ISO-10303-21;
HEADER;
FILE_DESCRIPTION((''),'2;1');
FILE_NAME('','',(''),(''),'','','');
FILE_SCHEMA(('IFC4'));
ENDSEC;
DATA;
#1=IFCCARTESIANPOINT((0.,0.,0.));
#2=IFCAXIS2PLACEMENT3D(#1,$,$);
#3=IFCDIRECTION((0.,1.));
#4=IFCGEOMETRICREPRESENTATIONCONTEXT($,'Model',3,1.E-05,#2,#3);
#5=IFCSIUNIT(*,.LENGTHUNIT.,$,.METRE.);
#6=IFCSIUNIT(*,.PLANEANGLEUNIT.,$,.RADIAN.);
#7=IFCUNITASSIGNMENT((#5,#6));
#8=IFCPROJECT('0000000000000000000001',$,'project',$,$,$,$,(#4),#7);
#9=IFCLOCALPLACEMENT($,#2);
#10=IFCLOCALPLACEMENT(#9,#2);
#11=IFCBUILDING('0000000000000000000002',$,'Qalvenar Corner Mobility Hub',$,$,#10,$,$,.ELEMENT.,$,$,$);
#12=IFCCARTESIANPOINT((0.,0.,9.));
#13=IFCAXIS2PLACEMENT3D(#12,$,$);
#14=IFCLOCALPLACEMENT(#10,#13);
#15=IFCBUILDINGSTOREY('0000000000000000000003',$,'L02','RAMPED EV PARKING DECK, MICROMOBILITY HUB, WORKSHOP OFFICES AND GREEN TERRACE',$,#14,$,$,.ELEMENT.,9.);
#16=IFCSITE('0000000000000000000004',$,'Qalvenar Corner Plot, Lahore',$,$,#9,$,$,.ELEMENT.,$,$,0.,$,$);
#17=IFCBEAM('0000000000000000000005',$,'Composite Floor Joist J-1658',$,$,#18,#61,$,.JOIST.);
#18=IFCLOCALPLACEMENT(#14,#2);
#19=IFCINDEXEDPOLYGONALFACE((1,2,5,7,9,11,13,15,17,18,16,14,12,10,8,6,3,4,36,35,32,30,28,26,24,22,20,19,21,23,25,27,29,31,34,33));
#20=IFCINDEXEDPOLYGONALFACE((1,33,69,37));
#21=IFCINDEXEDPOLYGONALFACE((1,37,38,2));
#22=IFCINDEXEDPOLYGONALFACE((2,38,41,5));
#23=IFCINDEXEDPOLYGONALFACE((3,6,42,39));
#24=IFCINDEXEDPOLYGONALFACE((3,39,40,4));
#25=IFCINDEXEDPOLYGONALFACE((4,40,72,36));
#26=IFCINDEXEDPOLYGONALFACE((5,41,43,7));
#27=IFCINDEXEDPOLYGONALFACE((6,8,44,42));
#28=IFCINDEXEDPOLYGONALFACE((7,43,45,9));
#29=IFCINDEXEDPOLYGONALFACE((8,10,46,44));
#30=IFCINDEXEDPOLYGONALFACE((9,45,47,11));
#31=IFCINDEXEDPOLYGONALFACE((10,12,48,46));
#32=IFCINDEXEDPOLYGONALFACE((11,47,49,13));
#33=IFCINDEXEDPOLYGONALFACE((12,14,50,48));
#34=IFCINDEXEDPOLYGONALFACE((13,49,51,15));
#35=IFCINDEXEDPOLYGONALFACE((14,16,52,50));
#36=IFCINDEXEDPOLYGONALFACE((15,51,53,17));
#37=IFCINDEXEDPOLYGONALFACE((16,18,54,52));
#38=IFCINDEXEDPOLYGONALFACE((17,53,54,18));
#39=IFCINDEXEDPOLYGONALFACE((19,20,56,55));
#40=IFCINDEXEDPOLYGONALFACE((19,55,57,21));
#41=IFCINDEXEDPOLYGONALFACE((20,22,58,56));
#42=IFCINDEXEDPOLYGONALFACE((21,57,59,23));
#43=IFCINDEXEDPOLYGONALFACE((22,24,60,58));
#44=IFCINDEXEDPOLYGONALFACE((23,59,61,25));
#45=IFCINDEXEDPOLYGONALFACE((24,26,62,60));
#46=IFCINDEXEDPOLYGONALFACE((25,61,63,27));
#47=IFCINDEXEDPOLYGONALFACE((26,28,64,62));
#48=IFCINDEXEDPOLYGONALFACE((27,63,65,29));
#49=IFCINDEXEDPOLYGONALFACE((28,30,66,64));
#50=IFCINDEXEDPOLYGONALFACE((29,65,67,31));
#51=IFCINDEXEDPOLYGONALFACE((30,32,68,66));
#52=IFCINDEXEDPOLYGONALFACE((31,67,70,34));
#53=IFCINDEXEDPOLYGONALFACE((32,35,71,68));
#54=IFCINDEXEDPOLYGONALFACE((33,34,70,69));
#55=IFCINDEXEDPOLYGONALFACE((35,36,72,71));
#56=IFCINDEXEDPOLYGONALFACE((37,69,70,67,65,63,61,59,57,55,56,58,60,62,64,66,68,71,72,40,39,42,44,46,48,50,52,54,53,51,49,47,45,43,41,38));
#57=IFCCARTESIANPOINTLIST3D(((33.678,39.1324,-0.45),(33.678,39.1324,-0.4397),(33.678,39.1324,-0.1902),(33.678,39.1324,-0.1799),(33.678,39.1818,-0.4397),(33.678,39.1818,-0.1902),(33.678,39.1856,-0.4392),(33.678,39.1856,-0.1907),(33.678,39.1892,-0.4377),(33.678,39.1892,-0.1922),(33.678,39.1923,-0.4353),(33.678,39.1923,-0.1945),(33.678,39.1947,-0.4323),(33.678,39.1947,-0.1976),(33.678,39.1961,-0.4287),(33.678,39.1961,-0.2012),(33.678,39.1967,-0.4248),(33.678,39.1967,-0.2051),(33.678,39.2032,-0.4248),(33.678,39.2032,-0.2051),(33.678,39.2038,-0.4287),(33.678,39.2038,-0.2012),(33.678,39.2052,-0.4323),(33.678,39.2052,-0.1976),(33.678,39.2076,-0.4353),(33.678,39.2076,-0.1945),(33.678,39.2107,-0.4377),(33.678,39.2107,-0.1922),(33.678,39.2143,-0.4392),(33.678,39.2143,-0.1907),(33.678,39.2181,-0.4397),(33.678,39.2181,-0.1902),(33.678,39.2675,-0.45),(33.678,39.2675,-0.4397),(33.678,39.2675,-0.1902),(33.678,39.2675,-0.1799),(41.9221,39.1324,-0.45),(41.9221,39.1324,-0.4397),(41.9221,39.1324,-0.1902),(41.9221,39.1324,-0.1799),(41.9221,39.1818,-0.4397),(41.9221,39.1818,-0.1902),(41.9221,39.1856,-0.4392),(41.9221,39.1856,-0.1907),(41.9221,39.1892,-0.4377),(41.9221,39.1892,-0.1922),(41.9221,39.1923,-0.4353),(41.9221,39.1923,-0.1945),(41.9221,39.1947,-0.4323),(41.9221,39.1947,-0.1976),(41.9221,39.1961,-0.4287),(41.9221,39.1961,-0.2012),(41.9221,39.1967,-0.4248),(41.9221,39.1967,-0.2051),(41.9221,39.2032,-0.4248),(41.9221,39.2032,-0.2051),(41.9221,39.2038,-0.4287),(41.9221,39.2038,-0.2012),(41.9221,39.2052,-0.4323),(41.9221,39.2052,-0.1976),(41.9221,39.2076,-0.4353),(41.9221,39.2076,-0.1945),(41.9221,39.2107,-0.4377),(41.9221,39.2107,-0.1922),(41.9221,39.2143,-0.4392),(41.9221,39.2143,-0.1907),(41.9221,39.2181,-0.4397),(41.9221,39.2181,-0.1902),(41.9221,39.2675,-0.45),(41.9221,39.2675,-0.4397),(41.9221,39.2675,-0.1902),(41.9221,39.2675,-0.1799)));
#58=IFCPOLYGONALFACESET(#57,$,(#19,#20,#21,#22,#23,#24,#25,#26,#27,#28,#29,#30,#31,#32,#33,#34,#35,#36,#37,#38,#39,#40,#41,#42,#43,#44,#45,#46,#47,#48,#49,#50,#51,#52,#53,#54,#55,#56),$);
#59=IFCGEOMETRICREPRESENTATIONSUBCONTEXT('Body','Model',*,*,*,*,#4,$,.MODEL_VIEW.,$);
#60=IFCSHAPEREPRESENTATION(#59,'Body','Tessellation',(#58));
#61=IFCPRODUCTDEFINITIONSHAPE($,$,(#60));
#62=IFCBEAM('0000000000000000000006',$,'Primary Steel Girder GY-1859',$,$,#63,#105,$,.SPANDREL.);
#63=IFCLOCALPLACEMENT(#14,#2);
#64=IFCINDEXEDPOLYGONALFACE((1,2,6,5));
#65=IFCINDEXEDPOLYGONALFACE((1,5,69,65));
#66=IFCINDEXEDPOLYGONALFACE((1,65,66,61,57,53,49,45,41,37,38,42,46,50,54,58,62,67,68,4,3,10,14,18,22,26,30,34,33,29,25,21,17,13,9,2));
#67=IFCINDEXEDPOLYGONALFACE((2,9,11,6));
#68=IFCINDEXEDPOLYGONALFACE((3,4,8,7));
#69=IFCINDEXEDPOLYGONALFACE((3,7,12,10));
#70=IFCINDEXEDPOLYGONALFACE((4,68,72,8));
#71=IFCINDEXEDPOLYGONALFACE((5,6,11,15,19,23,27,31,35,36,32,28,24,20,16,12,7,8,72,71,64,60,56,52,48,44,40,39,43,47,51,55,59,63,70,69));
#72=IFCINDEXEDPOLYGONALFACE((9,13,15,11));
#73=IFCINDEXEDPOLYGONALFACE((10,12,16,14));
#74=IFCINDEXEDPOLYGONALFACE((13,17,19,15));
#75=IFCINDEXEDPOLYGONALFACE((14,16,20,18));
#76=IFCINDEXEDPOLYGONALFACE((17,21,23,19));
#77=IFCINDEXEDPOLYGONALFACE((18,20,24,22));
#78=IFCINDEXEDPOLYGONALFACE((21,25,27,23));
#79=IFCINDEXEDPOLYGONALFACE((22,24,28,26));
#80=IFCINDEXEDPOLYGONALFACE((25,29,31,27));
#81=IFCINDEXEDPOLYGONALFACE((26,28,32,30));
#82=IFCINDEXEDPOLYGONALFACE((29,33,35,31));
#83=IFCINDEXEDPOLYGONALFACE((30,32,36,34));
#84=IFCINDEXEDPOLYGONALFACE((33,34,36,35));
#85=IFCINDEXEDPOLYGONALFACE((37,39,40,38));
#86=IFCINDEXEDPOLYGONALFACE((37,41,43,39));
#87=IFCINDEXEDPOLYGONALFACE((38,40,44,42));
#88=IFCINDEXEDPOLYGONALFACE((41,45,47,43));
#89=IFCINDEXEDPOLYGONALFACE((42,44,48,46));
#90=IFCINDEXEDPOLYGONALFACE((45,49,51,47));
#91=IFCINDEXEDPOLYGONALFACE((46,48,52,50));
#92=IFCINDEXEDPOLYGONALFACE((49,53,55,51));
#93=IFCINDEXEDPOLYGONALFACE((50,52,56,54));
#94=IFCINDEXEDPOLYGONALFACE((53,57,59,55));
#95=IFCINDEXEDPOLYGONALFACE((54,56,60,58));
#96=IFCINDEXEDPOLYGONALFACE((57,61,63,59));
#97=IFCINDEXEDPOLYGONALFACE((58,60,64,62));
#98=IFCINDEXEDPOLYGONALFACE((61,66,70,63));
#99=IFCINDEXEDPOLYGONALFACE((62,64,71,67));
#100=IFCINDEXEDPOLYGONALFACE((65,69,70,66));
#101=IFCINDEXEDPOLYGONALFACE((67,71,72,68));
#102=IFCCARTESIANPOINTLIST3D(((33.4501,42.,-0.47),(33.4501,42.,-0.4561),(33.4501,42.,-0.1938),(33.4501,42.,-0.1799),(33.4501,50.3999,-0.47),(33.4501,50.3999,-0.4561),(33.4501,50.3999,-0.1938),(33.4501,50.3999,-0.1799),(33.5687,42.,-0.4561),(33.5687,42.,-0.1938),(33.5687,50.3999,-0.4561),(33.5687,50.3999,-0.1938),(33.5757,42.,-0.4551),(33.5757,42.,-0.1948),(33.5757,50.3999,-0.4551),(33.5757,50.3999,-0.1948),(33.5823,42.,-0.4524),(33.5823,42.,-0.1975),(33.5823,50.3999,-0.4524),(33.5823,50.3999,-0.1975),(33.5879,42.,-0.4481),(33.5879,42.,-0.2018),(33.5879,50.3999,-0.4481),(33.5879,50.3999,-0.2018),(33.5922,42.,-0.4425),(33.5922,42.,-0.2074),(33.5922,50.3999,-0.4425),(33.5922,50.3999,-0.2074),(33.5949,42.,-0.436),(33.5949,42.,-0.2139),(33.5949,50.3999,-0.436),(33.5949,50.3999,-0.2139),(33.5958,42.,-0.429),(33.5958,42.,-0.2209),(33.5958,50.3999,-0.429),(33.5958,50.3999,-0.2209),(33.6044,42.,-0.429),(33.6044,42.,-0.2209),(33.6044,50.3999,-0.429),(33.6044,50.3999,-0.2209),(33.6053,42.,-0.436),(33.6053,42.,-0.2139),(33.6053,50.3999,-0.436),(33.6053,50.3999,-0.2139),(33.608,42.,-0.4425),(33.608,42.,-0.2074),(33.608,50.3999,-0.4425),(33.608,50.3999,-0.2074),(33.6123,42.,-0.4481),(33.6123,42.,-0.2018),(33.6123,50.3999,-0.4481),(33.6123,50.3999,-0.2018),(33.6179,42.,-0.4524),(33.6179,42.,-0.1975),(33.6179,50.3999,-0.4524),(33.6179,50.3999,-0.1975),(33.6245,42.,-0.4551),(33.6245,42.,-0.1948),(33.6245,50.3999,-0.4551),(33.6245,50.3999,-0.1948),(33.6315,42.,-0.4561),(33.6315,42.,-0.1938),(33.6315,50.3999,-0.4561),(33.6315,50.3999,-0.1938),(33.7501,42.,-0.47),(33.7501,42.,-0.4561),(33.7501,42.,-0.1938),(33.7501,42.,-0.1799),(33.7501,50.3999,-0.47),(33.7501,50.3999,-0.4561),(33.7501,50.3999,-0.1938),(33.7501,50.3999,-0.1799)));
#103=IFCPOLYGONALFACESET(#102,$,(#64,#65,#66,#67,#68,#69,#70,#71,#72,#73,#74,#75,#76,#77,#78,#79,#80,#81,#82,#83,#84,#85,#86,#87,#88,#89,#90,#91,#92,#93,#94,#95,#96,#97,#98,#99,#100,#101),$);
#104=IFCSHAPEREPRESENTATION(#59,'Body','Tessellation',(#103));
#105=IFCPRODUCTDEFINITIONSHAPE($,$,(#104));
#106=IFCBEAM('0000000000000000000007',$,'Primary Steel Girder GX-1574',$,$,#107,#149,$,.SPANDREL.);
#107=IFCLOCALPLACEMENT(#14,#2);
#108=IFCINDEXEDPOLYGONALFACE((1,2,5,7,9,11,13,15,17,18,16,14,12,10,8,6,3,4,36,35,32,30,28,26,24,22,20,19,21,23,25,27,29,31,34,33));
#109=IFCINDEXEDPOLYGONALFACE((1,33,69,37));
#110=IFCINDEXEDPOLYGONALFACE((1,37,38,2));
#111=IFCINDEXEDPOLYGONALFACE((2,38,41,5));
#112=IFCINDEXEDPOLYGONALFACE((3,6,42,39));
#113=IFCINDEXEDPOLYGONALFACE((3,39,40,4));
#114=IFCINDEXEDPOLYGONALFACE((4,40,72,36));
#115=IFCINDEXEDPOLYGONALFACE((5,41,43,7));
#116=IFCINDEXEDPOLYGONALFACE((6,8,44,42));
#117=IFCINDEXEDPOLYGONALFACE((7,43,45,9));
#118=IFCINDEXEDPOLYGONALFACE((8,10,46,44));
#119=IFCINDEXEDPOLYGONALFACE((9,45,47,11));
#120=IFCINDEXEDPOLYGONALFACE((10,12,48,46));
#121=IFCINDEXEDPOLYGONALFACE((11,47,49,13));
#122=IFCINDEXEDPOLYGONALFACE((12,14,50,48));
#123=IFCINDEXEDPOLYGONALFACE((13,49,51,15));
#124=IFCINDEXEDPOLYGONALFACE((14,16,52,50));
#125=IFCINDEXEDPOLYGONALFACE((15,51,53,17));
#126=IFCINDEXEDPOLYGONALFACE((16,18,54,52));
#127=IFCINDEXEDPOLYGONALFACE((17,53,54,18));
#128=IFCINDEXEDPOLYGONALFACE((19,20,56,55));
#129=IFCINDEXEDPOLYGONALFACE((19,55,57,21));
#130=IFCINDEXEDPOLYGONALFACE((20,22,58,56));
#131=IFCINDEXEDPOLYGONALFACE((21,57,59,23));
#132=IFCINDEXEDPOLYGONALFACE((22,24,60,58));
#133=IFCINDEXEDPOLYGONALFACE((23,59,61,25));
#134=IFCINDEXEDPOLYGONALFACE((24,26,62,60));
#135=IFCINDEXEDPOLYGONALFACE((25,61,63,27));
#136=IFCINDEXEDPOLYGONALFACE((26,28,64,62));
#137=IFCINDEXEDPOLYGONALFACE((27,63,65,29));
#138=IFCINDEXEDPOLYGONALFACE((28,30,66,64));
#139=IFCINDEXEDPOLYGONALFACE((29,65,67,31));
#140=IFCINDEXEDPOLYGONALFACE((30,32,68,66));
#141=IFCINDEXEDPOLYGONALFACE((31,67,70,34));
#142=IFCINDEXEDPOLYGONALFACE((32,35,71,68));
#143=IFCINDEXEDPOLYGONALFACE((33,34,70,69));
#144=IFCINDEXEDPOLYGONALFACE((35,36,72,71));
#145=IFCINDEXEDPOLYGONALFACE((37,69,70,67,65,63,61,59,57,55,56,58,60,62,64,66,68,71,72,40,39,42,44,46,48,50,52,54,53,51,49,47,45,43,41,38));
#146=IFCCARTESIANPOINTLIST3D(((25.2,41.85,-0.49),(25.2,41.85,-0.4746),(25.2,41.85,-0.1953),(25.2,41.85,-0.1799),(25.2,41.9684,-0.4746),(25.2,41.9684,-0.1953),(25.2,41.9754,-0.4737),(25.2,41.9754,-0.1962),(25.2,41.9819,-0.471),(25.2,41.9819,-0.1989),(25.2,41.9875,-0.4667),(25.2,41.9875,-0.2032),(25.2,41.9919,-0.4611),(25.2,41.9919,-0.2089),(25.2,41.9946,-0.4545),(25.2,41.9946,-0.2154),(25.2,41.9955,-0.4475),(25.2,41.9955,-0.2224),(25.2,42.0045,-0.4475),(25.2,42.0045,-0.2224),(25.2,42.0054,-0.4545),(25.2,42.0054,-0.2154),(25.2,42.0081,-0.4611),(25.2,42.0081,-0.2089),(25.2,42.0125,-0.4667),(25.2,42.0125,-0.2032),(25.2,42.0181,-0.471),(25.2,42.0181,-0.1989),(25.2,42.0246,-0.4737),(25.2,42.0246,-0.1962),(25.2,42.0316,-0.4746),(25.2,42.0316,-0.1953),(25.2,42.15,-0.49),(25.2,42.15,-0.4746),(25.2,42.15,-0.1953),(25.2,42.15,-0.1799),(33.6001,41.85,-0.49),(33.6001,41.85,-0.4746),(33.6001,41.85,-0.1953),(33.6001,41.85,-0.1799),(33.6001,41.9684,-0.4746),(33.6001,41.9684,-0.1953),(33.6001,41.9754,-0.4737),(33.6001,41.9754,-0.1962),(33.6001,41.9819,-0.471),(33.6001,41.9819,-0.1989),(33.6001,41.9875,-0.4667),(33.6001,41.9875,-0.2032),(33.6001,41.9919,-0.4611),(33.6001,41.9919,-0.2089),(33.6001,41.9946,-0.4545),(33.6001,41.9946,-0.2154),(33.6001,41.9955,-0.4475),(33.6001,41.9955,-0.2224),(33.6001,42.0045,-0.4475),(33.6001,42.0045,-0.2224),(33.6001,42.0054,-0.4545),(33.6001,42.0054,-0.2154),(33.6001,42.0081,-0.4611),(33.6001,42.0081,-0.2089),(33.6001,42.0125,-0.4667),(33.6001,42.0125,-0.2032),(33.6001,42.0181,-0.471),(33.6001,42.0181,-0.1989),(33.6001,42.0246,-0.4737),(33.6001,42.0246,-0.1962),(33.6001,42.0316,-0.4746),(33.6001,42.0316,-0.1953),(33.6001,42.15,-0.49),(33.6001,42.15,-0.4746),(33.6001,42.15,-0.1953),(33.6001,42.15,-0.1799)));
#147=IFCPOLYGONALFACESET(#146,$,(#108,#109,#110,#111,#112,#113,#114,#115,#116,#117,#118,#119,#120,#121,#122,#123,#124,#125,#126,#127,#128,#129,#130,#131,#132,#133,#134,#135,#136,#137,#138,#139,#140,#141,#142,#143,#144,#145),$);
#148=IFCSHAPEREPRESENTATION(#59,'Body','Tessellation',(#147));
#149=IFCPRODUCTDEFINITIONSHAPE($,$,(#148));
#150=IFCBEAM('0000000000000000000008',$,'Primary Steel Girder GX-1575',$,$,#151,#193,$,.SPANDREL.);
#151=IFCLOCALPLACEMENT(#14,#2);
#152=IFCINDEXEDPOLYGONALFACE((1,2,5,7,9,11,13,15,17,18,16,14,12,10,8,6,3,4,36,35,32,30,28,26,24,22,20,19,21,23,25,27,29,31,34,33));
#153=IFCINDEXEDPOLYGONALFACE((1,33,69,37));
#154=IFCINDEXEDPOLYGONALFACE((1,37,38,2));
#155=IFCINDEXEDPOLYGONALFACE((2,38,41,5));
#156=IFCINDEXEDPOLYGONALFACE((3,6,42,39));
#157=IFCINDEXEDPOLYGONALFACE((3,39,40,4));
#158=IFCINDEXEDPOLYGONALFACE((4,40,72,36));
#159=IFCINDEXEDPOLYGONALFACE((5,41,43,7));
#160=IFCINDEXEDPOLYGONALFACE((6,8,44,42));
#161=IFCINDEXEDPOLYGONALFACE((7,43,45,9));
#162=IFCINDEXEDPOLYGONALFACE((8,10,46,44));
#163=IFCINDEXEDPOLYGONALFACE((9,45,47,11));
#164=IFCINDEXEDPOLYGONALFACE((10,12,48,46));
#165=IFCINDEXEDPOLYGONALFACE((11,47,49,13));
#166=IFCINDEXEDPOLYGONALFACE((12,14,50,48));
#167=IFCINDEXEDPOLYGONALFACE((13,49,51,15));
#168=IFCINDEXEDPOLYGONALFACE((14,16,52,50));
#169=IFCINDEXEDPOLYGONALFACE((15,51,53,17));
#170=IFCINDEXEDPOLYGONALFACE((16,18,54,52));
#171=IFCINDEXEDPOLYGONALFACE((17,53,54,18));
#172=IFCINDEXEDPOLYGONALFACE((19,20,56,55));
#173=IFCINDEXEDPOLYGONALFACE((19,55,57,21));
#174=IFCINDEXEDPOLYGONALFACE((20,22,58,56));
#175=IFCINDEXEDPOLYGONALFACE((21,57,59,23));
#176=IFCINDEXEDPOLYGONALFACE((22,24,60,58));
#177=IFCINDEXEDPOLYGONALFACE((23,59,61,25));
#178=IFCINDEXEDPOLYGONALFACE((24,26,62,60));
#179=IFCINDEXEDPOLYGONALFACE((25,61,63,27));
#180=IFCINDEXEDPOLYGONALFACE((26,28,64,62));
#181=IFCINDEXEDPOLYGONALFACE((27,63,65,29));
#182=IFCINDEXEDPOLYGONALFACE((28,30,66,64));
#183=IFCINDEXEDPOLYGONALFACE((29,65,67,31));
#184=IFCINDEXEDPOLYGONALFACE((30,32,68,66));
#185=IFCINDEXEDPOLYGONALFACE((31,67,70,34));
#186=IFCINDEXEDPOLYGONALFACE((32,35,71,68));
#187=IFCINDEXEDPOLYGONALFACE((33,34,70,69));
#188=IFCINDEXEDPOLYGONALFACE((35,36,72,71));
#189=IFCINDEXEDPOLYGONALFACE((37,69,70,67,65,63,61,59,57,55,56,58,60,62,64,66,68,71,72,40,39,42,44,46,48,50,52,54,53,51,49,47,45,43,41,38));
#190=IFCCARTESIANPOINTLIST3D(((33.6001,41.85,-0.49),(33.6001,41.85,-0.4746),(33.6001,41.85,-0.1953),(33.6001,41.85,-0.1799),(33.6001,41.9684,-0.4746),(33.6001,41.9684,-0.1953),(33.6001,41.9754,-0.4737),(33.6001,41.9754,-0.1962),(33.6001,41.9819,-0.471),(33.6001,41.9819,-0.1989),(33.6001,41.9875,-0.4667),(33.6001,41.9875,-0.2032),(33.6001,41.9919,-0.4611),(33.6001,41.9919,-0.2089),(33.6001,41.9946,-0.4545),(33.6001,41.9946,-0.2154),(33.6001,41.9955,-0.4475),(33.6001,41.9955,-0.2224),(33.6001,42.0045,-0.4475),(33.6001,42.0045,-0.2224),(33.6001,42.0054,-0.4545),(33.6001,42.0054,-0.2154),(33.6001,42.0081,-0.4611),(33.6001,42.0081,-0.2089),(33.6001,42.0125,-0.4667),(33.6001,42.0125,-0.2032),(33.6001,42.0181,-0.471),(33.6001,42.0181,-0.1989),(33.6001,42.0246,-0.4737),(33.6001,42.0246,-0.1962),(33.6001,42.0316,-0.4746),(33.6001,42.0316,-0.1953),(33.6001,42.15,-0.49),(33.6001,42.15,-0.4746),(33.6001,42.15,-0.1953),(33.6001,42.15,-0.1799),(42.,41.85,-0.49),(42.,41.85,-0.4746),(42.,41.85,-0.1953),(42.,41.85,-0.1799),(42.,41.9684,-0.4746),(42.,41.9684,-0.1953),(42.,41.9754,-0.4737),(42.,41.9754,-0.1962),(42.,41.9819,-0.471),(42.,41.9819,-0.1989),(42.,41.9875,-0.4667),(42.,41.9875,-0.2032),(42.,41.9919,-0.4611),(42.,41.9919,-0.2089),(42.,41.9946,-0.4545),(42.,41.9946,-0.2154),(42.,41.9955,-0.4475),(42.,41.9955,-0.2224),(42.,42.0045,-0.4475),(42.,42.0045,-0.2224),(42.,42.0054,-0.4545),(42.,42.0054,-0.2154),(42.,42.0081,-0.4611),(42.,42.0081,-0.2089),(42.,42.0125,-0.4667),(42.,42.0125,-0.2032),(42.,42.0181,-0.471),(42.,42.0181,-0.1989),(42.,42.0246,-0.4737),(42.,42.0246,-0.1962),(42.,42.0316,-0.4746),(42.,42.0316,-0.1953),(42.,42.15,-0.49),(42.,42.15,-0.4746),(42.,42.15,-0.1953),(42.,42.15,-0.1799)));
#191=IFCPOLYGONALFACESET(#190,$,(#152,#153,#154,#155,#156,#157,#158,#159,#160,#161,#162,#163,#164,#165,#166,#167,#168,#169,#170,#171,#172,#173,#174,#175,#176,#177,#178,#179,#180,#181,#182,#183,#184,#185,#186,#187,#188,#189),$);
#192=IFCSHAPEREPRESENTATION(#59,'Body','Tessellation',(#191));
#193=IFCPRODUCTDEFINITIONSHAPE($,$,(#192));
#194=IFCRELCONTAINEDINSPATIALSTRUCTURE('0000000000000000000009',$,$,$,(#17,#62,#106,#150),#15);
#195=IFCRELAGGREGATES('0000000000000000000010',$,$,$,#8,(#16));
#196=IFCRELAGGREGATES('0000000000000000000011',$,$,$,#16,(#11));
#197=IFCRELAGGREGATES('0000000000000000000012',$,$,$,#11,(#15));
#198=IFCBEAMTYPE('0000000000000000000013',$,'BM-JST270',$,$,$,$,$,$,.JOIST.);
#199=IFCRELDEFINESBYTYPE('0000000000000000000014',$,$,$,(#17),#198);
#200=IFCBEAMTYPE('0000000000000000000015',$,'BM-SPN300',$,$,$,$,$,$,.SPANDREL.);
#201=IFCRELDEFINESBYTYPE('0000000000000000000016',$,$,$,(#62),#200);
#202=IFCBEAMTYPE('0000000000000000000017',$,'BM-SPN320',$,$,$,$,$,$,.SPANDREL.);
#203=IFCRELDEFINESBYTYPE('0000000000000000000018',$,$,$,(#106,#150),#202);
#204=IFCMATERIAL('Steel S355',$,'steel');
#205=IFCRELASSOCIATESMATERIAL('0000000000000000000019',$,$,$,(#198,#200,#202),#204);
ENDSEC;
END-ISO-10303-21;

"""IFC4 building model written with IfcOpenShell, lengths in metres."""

from ifc_helpers import new_model, si_unit, direction, frame, origin, origin_2d, place, context, subcontext, project, spatial, i_section, extrude, material, material_profile, profile_set, type_object, element, save


model = new_model("IFC4")

# Units and contexts
model_context = context("Model", 3, precision=1e-05, world=origin(), true_north=direction((0.0, 1.0)))
body_context = subcontext(model_context, "Body", "Model", "MODEL_VIEW")
ifc_project = project(units=[si_unit("LENGTHUNIT", "METRE"), si_unit("PLANEANGLEUNIT", "RADIAN")], contexts=[model_context])

# Site, building, storey
site_placement = place(None, origin())
site = spatial("IfcSite", under=ifc_project, at=site_placement, Name="Qalvenar Corner Plot, Lahore", CompositionType="ELEMENT", RefElevation=0.0)
building_placement = place(site_placement, origin())
building = spatial("IfcBuilding", under=site, at=building_placement, Name="Qalvenar Corner Mobility Hub", CompositionType="ELEMENT")
storey_placement = place(building_placement, frame((0.0, 0.0, 9.0)))
storey = spatial("IfcBuildingStorey", under=building, at=storey_placement, Name="L02", Description="RAMPED EV PARKING DECK, MICROMOBILITY HUB, WORKSHOP OFFICES AND GREEN TERRACE", CompositionType="ELEMENT", Elevation=9.0)

# Shared definitions
ifc_material_1 = material(Name="Steel S355", Category="steel")

# Beams
ifc_material_profile_1 = material_profile(ifc_material_1, i_section(OverallWidth=0.135, OverallDepth=0.27, WebThickness=0.0066, FlangeThickness=0.0103, FilletRadius=0.0149, at=origin_2d()), Name="IPE270")
ifc_profile_set_1 = profile_set([ifc_material_profile_1], Name="Steel S355")
beam_type_1 = type_object("IfcBeamType", Name="BM-JST270", PredefinedType="JOIST", material=ifc_profile_set_1)
for number, where, z_axis, x_axis, name in (
    (1, (33.678, 39.2, -0.3149), (1.0, 0.0, 0.0), (0.0, 1.0, 0.0), "Composite Floor Joist J-1658"),
):
    element("IfcBeam", number, at=place(storey_placement, frame(where, z_axis=z_axis, x_axis=x_axis)), inside=storey, type_object=beam_type_1, Name=name, PredefinedType="JOIST", context=body_context, shape_type="SweptSolid", body=[
        extrude(i_section(OverallWidth=0.135, OverallDepth=0.27, WebThickness=0.0066, FlangeThickness=0.0103, FilletRadius=0.0149, at=origin_2d()), origin(), (0.0, 0.0, 1.0), 8.2441),
    ])
ifc_material_profile_2 = material_profile(ifc_material_1, i_section(OverallWidth=0.3, OverallDepth=0.29, WebThickness=0.0085, FlangeThickness=0.0139, FilletRadius=0.0271, at=origin_2d()), Name="HEA300")
ifc_profile_set_2 = profile_set([ifc_material_profile_2], Name="Steel S355")
beam_type_2 = type_object("IfcBeamType", Name="BM-SPN300", PredefinedType="SPANDREL", material=ifc_profile_set_2)
beam_1_placement = place(storey_placement, frame((33.6001, 42.0, -0.325), z_axis=(0.0, 1.0, 0.0), x_axis=(-1.0, 0.0, 0.0)))
element("IfcBeam", 2, at=beam_1_placement, inside=storey, type_object=beam_type_2, Name="Primary Steel Girder GY-1859", PredefinedType="SPANDREL", context=body_context, shape_type="SweptSolid", body=[
    extrude(i_section(OverallWidth=0.3, OverallDepth=0.29, WebThickness=0.0085, FlangeThickness=0.0139, FilletRadius=0.0271, at=origin_2d()), origin(), (0.0, 0.0, 1.0), 8.3999),
])
ifc_material_profile_3 = material_profile(ifc_material_1, i_section(OverallWidth=0.3, OverallDepth=0.3101, WebThickness=0.009, FlangeThickness=0.0154, FilletRadius=0.0271, at=origin_2d()), Name="HEA320")
ifc_profile_set_3 = profile_set([ifc_material_profile_3], Name="Steel S355")
beam_type_3 = type_object("IfcBeamType", Name="BM-SPN320", PredefinedType="SPANDREL", material=ifc_profile_set_3)
beam_2_placement = place(storey_placement, frame((25.2, 42.0, -0.335), z_axis=(1.0, 0.0, 0.0), x_axis=(0.0, 1.0, 0.0)))
element("IfcBeam", 3, at=beam_2_placement, inside=storey, type_object=beam_type_3, Name="Primary Steel Girder GX-1574", PredefinedType="SPANDREL", context=body_context, shape_type="SweptSolid", body=[
    extrude(i_section(OverallWidth=0.3, OverallDepth=0.3101, WebThickness=0.009, FlangeThickness=0.0154, FilletRadius=0.0271, at=origin_2d()), origin(), (0.0, 0.0, 1.0), 8.4001),
])
beam_3_placement = place(storey_placement, frame((33.6001, 42.0, -0.335), z_axis=(1.0, 0.0, 0.0), x_axis=(0.0, 1.0, 0.0)))
element("IfcBeam", 4, at=beam_3_placement, inside=storey, type_object=beam_type_3, Name="Primary Steel Girder GX-1575", PredefinedType="SPANDREL", context=body_context, shape_type="SweptSolid", body=[
    extrude(i_section(OverallWidth=0.3, OverallDepth=0.3101, WebThickness=0.009, FlangeThickness=0.0154, FilletRadius=0.0271, at=origin_2d()), origin(), (0.0, 0.0, 1.0), 8.3999),
])

save(model, "model.ifc")
